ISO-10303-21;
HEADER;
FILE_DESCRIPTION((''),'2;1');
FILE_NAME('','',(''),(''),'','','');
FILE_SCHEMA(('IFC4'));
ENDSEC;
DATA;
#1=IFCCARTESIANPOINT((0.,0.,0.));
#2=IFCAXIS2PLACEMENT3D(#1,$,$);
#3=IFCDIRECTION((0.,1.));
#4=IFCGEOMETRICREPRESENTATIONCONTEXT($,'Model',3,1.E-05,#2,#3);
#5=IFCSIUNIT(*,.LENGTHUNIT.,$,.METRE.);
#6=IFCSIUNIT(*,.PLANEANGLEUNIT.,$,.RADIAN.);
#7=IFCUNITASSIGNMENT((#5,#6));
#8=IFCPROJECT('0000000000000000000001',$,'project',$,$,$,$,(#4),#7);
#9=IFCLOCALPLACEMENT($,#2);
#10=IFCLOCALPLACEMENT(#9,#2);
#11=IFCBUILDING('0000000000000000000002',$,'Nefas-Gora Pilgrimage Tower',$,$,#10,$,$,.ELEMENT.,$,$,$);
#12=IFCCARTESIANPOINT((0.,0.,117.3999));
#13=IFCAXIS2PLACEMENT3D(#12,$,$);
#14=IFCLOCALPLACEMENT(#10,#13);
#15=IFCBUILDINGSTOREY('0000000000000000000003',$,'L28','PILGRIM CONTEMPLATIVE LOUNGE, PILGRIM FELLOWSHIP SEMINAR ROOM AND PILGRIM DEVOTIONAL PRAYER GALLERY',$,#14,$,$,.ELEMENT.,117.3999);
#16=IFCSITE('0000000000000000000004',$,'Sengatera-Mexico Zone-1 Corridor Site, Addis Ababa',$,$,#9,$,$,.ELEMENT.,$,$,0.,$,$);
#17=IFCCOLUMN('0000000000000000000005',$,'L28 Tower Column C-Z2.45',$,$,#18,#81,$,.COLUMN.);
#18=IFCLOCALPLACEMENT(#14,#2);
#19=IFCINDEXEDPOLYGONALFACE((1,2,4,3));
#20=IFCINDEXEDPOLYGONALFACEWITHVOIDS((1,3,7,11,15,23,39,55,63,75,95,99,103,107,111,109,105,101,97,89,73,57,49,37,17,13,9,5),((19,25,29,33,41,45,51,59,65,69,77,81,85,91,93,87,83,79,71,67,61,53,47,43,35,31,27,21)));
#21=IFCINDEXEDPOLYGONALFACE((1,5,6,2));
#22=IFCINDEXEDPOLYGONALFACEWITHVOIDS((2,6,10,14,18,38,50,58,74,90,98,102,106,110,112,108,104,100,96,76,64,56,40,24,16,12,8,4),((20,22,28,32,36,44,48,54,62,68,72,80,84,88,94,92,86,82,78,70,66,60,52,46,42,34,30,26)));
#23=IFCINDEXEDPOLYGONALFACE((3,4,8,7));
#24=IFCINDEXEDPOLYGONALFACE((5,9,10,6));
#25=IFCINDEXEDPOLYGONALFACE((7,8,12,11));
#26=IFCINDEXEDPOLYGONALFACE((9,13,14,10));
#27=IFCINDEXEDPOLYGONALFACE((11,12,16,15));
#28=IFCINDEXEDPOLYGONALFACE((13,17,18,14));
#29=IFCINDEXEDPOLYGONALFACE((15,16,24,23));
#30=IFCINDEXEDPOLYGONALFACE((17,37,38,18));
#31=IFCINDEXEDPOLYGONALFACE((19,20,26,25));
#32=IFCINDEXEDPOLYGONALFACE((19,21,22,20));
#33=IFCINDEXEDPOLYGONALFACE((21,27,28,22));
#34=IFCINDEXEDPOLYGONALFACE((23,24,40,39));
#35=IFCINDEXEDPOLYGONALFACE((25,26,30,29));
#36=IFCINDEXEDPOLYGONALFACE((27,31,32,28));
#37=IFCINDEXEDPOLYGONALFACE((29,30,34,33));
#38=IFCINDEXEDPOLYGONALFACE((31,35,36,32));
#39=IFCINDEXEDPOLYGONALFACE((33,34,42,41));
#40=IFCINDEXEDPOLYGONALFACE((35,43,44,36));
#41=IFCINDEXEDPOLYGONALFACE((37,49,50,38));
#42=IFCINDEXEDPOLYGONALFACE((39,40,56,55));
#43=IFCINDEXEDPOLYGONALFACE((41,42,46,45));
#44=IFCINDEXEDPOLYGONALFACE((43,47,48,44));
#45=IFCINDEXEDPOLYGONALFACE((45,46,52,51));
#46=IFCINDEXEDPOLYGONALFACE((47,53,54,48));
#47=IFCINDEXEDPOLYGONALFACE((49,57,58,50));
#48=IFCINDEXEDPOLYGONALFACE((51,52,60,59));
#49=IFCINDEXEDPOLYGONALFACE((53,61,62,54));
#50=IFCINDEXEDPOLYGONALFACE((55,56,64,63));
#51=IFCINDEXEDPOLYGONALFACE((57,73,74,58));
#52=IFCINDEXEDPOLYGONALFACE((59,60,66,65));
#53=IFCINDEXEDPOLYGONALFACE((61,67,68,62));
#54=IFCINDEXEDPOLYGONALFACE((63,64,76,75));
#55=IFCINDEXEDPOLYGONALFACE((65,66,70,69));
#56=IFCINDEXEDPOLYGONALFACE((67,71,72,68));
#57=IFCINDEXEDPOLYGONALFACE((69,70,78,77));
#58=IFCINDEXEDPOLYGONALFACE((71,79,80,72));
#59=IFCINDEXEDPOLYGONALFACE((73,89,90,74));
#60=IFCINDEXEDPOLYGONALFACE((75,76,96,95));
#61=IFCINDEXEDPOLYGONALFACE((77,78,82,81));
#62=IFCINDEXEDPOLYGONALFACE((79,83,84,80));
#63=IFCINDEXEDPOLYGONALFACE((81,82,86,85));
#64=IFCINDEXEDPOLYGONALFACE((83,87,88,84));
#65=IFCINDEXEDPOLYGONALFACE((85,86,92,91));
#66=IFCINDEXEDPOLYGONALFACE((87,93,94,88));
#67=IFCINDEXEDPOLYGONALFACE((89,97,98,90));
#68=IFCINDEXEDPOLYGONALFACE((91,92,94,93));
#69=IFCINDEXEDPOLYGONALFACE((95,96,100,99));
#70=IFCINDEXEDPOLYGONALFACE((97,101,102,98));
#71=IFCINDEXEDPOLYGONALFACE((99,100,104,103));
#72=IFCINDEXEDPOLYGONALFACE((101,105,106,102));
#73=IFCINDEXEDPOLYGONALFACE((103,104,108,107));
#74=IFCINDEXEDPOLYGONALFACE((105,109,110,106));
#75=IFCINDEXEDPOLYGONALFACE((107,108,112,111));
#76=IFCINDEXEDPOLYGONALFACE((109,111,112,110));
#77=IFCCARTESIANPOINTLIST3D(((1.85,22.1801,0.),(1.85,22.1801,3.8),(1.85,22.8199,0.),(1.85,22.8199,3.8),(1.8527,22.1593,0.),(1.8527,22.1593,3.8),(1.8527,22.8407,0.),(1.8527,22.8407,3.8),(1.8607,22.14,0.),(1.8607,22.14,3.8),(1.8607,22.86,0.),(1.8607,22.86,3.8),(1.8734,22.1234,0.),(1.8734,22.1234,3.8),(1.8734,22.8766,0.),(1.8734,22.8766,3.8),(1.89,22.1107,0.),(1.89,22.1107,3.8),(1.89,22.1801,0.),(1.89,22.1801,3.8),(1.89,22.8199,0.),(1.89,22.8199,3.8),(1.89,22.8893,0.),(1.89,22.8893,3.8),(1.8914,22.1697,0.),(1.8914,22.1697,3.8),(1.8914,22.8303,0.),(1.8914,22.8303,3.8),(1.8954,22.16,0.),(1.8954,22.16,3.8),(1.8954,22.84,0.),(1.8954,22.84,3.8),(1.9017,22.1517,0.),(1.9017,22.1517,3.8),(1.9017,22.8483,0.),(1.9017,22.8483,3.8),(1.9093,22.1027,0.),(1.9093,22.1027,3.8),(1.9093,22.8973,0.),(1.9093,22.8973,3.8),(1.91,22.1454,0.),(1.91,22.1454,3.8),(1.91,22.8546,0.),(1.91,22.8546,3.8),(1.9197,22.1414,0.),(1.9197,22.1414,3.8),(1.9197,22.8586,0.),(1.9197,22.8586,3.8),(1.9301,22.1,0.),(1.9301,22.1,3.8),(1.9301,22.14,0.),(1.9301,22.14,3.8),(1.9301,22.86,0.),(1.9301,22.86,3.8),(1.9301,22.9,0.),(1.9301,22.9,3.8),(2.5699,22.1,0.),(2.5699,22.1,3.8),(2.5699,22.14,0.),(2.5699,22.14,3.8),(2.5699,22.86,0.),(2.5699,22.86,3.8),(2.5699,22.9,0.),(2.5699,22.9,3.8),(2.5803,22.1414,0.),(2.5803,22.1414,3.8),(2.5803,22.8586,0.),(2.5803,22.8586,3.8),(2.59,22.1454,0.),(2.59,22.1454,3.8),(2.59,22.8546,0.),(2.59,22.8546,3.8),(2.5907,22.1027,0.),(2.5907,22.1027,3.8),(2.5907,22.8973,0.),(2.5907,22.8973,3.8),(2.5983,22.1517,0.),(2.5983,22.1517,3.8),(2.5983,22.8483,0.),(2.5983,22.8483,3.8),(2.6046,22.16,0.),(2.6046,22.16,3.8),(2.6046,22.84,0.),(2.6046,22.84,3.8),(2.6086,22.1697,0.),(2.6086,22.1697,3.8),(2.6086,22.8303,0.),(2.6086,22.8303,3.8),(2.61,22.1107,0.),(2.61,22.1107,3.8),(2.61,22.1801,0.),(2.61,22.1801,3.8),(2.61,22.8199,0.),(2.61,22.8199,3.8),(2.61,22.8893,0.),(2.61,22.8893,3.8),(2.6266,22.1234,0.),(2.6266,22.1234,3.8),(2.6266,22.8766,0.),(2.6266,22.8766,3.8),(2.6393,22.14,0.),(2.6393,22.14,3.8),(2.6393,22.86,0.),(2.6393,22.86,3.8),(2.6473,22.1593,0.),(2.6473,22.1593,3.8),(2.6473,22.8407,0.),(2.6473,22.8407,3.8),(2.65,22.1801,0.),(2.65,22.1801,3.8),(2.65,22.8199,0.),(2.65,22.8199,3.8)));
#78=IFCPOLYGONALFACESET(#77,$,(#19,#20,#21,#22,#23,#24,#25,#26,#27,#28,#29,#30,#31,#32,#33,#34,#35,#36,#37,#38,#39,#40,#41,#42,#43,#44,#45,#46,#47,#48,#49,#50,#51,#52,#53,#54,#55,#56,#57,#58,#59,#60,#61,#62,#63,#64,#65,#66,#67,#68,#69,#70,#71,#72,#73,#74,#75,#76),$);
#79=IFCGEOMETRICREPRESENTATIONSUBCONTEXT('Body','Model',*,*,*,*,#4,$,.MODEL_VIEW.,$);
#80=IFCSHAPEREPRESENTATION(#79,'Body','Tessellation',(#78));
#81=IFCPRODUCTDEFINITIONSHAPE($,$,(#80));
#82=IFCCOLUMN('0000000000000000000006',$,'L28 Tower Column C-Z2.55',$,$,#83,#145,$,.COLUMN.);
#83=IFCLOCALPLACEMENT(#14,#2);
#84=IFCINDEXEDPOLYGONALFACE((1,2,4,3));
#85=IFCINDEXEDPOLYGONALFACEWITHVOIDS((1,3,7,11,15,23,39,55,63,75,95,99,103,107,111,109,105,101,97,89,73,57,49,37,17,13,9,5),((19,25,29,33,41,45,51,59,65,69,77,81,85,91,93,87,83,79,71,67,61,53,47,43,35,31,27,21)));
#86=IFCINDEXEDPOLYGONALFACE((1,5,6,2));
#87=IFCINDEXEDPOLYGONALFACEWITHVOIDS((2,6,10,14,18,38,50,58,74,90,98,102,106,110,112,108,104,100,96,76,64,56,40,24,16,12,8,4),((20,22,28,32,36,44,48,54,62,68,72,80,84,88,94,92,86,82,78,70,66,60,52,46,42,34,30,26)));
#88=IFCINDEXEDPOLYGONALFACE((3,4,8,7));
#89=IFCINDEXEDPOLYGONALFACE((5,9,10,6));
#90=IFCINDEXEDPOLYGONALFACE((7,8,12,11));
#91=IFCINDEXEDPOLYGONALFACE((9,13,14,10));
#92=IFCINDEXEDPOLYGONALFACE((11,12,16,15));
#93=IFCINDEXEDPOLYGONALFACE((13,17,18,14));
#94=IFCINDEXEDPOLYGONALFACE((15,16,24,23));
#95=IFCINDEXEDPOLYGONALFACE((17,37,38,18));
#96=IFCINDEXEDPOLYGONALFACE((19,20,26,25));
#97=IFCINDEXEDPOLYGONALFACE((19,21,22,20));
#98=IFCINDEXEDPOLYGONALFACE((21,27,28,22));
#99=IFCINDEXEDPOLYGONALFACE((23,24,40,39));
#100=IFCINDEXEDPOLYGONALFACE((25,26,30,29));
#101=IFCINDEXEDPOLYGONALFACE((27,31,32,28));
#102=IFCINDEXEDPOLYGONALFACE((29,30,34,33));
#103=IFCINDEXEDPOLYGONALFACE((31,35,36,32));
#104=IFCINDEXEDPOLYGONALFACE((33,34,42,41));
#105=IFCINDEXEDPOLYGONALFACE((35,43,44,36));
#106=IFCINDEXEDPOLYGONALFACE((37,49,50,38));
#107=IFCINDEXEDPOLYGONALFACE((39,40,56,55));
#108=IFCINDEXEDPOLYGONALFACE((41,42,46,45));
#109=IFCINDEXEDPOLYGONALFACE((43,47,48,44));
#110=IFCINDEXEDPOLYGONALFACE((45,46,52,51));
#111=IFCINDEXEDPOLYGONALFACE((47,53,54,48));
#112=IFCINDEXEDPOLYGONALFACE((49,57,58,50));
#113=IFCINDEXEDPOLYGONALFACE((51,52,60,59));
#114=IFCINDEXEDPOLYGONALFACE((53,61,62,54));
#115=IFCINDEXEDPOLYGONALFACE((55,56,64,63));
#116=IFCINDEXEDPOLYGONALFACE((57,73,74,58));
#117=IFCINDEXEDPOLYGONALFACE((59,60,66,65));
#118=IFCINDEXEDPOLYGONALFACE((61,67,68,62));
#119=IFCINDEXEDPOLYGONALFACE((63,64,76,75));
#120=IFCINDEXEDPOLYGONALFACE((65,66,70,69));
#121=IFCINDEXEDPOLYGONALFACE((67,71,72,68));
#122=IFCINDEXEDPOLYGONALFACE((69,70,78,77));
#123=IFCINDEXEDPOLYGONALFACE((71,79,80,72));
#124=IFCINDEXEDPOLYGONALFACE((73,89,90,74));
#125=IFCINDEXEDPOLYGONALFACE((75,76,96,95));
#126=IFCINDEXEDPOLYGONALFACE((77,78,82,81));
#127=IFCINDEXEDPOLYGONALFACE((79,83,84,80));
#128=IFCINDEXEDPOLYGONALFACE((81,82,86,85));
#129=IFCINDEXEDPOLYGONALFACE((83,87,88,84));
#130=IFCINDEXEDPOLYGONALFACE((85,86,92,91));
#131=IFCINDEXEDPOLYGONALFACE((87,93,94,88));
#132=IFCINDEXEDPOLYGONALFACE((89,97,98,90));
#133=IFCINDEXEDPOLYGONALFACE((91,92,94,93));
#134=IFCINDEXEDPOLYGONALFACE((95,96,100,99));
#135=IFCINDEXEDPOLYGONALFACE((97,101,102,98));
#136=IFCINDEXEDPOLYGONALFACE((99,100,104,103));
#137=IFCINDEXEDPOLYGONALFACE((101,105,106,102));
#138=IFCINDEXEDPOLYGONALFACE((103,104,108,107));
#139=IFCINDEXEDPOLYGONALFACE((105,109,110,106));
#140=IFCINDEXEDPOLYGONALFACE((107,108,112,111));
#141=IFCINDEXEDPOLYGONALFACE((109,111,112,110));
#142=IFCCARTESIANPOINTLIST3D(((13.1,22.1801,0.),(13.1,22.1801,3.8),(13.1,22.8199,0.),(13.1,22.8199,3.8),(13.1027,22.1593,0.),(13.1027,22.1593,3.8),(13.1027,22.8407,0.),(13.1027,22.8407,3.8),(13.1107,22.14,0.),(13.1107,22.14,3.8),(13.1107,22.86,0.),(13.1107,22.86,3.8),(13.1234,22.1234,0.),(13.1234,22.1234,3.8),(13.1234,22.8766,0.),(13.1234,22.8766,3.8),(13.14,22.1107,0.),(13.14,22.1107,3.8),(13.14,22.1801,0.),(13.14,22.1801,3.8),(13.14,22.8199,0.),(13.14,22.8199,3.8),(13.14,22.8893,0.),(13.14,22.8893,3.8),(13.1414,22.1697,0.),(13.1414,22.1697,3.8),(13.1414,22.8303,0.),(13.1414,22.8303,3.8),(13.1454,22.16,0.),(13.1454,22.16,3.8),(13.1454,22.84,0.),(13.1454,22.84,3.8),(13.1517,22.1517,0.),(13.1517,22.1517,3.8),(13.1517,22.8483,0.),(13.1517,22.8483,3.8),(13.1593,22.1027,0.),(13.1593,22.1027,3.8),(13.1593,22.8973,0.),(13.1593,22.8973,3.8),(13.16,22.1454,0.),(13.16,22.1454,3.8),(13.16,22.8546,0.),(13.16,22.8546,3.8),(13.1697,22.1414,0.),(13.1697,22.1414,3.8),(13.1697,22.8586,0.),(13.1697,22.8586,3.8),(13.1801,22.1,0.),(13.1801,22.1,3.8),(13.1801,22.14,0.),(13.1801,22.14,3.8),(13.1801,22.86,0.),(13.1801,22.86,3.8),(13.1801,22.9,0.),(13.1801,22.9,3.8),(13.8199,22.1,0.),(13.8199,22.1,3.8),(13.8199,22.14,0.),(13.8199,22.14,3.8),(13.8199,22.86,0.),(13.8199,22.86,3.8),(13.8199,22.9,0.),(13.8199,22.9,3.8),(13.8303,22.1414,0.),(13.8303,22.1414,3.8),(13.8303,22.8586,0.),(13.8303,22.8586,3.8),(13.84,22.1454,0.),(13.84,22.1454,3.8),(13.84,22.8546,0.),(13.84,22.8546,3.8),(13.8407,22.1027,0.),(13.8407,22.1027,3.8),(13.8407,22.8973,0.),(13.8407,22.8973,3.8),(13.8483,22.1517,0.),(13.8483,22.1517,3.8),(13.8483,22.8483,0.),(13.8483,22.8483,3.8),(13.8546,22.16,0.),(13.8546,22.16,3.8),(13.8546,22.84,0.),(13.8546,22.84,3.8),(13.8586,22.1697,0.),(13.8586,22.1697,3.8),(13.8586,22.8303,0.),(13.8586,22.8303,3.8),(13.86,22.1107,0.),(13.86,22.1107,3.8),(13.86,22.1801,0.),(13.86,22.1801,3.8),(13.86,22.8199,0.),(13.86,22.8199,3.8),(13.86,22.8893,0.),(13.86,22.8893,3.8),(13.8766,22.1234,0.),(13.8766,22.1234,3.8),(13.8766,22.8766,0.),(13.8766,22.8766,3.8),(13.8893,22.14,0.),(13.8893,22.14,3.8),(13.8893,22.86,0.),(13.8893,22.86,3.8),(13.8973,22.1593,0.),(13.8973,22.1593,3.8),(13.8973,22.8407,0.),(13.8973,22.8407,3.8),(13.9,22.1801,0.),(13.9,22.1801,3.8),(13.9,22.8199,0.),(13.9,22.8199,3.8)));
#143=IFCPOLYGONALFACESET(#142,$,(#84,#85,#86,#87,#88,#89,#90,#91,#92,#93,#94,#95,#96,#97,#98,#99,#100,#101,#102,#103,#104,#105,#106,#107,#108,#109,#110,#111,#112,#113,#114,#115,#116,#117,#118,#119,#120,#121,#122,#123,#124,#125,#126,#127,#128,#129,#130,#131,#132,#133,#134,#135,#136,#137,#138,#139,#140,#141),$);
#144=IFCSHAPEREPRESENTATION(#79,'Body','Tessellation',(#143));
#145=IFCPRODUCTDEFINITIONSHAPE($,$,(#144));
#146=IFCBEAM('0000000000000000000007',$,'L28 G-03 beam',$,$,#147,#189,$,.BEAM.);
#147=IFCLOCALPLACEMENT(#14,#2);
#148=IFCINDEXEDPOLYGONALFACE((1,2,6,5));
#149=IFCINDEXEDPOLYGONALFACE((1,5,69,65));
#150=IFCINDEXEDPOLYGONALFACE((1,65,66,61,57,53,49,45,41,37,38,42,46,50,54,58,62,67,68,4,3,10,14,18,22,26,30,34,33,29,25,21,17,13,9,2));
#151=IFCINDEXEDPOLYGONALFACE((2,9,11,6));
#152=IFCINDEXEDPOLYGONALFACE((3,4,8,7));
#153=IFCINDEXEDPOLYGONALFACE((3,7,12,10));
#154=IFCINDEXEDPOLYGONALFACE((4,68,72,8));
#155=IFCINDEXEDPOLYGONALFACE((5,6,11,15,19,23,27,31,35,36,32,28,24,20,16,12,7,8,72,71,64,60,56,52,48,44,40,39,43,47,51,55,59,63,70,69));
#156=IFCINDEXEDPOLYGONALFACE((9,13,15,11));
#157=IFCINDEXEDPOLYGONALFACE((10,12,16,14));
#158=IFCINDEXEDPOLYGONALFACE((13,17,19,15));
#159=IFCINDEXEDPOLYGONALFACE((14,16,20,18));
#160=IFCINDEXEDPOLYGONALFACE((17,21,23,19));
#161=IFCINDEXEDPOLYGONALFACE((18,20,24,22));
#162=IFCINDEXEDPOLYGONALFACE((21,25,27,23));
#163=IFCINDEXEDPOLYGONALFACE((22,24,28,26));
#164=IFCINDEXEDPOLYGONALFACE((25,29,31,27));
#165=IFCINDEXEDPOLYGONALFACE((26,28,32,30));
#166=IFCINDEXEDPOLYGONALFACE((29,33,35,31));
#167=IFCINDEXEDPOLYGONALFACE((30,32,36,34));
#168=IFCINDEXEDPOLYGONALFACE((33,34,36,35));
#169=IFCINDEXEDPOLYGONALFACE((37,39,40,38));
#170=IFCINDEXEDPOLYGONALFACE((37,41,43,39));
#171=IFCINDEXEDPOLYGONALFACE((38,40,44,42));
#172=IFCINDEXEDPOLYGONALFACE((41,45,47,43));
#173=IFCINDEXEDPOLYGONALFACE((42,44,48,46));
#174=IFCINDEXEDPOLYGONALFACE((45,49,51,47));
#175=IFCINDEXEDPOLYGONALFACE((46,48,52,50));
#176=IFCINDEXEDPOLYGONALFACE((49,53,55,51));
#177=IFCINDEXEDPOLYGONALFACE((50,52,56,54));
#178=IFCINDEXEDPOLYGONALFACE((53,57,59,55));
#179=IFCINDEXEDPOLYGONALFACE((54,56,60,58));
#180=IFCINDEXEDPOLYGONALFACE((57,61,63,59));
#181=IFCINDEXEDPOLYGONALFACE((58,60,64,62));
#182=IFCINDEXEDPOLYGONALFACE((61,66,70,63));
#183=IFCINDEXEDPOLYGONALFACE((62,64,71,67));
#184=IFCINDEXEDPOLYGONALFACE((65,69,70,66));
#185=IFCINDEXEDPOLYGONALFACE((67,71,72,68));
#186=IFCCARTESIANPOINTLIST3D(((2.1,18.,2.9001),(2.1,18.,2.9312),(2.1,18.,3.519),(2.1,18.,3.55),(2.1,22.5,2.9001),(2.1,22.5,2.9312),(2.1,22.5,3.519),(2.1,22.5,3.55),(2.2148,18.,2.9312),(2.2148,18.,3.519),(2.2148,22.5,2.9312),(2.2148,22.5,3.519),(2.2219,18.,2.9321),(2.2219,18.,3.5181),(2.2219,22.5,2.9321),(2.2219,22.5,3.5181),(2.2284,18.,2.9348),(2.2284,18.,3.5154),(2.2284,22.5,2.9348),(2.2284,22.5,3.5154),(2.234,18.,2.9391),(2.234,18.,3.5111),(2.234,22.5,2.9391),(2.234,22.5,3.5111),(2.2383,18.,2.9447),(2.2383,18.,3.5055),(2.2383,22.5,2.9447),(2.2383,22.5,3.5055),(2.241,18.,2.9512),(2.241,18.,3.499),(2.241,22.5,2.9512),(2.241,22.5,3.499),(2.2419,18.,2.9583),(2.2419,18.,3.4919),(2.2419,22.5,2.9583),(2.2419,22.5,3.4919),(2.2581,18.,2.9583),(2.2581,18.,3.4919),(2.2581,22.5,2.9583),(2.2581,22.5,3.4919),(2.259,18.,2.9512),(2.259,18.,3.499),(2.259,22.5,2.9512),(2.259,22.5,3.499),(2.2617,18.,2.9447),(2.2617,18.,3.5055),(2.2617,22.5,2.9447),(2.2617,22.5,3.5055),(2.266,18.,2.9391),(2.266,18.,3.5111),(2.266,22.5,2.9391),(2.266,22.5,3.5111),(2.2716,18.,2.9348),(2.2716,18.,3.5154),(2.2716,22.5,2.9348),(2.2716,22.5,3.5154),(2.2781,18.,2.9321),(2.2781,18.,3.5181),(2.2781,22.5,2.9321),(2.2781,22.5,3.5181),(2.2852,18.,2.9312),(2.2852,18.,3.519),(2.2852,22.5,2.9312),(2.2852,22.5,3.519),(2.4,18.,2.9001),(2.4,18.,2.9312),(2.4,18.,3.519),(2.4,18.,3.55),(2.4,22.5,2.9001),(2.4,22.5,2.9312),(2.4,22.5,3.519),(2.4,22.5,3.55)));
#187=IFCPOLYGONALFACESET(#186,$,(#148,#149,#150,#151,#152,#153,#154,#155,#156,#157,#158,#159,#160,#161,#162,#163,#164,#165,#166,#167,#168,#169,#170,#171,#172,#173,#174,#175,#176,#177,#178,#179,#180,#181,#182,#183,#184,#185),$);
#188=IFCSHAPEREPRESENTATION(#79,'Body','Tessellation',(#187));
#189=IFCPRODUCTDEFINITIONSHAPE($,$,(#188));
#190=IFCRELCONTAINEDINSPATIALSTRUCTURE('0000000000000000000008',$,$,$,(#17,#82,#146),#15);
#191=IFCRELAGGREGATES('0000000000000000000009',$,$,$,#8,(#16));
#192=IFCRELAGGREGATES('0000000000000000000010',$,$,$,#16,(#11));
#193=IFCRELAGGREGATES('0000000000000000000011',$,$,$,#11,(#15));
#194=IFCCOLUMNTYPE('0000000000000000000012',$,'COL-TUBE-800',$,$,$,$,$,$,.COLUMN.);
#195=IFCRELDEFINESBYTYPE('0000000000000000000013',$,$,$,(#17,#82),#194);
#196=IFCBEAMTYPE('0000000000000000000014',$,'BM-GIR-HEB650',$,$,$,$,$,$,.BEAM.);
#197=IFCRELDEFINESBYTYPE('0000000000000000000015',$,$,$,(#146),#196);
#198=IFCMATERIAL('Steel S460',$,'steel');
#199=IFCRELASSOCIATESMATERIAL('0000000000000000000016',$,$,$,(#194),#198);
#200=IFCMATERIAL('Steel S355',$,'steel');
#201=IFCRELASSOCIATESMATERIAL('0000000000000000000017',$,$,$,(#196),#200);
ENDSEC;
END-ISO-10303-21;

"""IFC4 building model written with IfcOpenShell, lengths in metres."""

from ifc_helpers import new_model, si_unit, direction, frame, origin, origin_2d, place, context, subcontext, project, spatial, hollow_rectangle, i_section, extrude, source, transform, mapped, material, material_profile, profile_set, type_object, element, save


model = new_model("IFC4")

# Units and contexts
model_context = context("Model", 3, precision=1e-05, world=origin(), true_north=direction((0.0, 1.0)))
body_context = subcontext(model_context, "Body", "Model", "MODEL_VIEW")
ifc_project = project(units=[si_unit("LENGTHUNIT", "METRE"), si_unit("PLANEANGLEUNIT", "RADIAN")], contexts=[model_context])

# Site, building, storey
site_placement = place(None, origin())
site = spatial("IfcSite", under=ifc_project, at=site_placement, Name="Sengatera-Mexico Zone-1 Corridor Site, Addis Ababa", CompositionType="ELEMENT", RefElevation=0.0)
building_placement = place(site_placement, origin())
building = spatial("IfcBuilding", under=site, at=building_placement, Name="Nefas-Gora Pilgrimage Tower", CompositionType="ELEMENT")
storey_placement = place(building_placement, frame((0.0, 0.0, 117.3999)))
storey = spatial("IfcBuildingStorey", under=building, at=storey_placement, Name="L28", Description="PILGRIM CONTEMPLATIVE LOUNGE, PILGRIM FELLOWSHIP SEMINAR ROOM AND PILGRIM DEVOTIONAL PRAYER GALLERY", CompositionType="ELEMENT", Elevation=117.3999)

# Columns
ifc_material_1 = material(Name="Steel S460", Category="steel")
ifc_material_profile_1 = material_profile(ifc_material_1, hollow_rectangle(XDim=0.8, YDim=0.8, WallThickness=0.04, InnerFilletRadius=0.04, OuterFilletRadius=0.0801, at=origin_2d()), Name="BOX 800x800x40")
ifc_profile_set_1 = profile_set([ifc_material_profile_1], Name="Steel S460")
column_type_1 = type_object("IfcColumnType", Name="COL-TUBE-800", PredefinedType="COLUMN", material=ifc_profile_set_1)
shared_shape_1 = source(origin(), body_context, "Body", "SweptSolid", [
    extrude(hollow_rectangle(XDim=0.8, YDim=0.8, WallThickness=0.04, InnerFilletRadius=0.04, OuterFilletRadius=0.0801, at=origin_2d()), origin(), (0.0, 0.0, 1.0), 3.8),
])
for number, where, z_axis, x_axis, name in (
    (1, (2.25, 22.5, 0.0), (0.0, 0.0, 1.0), (1.0, 0.0, 0.0), "L28 Tower Column C-Z2.45"),
    (2, (13.5, 22.5, 0.0), (0.0, 0.0, 1.0), (1.0, 0.0, 0.0), "L28 Tower Column C-Z2.55"),
):
    element("IfcColumn", number, at=place(storey_placement, frame(where, z_axis=z_axis, x_axis=x_axis)), inside=storey, type_object=column_type_1, Name=name, PredefinedType="COLUMN", context=body_context, shape_type="MappedRepresentation", body=[
        mapped(shared_shape_1, transform((0.0, 0.0, 0.0), x_axis=(1.0, 0.0, 0.0), y_axis=(0.0, 1.0, 0.0), z_axis=(0.0, 0.0, 1.0), scale=1.0)),
    ])

# Beam
ifc_material_2 = material(Name="Steel S355", Category="steel")
ifc_material_profile_2 = material_profile(ifc_material_2, i_section(OverallWidth=0.3, OverallDepth=0.6499, WebThickness=0.0161, FlangeThickness=0.031, FilletRadius=0.0271, at=origin_2d()), Name="HEB 650")
ifc_profile_set_2 = profile_set([ifc_material_profile_2], Name="Steel S355")
beam_type_1 = type_object("IfcBeamType", Name="BM-GIR-HEB650", PredefinedType="BEAM", material=ifc_profile_set_2)
shared_shape_2 = source(origin(), body_context, "Body", "SweptSolid", [
    extrude(i_section(OverallWidth=0.3, OverallDepth=0.6499, WebThickness=0.0161, FlangeThickness=0.031, FilletRadius=0.0271, at=origin_2d()), origin(), (0.0, 0.0, 1.0), 4.5),
])
for number, where, z_axis, x_axis, name in (
    (3, (2.25, 18.0, 3.2251), (0.0, 1.0, 0.0), (-1.0, 0.0, 0.0), "L28 G-03 beam"),
):
    element("IfcBeam", number, at=place(storey_placement, frame(where, z_axis=z_axis, x_axis=x_axis)), inside=storey, type_object=beam_type_1, Name=name, PredefinedType="BEAM", context=body_context, shape_type="MappedRepresentation", body=[
        mapped(shared_shape_2, transform((0.0, 0.0, 0.0), x_axis=(1.0, 0.0, 0.0), y_axis=(0.0, 1.0, 0.0), z_axis=(0.0, 0.0, 1.0), scale=1.0)),
    ])

save(model, "model.ifc")
